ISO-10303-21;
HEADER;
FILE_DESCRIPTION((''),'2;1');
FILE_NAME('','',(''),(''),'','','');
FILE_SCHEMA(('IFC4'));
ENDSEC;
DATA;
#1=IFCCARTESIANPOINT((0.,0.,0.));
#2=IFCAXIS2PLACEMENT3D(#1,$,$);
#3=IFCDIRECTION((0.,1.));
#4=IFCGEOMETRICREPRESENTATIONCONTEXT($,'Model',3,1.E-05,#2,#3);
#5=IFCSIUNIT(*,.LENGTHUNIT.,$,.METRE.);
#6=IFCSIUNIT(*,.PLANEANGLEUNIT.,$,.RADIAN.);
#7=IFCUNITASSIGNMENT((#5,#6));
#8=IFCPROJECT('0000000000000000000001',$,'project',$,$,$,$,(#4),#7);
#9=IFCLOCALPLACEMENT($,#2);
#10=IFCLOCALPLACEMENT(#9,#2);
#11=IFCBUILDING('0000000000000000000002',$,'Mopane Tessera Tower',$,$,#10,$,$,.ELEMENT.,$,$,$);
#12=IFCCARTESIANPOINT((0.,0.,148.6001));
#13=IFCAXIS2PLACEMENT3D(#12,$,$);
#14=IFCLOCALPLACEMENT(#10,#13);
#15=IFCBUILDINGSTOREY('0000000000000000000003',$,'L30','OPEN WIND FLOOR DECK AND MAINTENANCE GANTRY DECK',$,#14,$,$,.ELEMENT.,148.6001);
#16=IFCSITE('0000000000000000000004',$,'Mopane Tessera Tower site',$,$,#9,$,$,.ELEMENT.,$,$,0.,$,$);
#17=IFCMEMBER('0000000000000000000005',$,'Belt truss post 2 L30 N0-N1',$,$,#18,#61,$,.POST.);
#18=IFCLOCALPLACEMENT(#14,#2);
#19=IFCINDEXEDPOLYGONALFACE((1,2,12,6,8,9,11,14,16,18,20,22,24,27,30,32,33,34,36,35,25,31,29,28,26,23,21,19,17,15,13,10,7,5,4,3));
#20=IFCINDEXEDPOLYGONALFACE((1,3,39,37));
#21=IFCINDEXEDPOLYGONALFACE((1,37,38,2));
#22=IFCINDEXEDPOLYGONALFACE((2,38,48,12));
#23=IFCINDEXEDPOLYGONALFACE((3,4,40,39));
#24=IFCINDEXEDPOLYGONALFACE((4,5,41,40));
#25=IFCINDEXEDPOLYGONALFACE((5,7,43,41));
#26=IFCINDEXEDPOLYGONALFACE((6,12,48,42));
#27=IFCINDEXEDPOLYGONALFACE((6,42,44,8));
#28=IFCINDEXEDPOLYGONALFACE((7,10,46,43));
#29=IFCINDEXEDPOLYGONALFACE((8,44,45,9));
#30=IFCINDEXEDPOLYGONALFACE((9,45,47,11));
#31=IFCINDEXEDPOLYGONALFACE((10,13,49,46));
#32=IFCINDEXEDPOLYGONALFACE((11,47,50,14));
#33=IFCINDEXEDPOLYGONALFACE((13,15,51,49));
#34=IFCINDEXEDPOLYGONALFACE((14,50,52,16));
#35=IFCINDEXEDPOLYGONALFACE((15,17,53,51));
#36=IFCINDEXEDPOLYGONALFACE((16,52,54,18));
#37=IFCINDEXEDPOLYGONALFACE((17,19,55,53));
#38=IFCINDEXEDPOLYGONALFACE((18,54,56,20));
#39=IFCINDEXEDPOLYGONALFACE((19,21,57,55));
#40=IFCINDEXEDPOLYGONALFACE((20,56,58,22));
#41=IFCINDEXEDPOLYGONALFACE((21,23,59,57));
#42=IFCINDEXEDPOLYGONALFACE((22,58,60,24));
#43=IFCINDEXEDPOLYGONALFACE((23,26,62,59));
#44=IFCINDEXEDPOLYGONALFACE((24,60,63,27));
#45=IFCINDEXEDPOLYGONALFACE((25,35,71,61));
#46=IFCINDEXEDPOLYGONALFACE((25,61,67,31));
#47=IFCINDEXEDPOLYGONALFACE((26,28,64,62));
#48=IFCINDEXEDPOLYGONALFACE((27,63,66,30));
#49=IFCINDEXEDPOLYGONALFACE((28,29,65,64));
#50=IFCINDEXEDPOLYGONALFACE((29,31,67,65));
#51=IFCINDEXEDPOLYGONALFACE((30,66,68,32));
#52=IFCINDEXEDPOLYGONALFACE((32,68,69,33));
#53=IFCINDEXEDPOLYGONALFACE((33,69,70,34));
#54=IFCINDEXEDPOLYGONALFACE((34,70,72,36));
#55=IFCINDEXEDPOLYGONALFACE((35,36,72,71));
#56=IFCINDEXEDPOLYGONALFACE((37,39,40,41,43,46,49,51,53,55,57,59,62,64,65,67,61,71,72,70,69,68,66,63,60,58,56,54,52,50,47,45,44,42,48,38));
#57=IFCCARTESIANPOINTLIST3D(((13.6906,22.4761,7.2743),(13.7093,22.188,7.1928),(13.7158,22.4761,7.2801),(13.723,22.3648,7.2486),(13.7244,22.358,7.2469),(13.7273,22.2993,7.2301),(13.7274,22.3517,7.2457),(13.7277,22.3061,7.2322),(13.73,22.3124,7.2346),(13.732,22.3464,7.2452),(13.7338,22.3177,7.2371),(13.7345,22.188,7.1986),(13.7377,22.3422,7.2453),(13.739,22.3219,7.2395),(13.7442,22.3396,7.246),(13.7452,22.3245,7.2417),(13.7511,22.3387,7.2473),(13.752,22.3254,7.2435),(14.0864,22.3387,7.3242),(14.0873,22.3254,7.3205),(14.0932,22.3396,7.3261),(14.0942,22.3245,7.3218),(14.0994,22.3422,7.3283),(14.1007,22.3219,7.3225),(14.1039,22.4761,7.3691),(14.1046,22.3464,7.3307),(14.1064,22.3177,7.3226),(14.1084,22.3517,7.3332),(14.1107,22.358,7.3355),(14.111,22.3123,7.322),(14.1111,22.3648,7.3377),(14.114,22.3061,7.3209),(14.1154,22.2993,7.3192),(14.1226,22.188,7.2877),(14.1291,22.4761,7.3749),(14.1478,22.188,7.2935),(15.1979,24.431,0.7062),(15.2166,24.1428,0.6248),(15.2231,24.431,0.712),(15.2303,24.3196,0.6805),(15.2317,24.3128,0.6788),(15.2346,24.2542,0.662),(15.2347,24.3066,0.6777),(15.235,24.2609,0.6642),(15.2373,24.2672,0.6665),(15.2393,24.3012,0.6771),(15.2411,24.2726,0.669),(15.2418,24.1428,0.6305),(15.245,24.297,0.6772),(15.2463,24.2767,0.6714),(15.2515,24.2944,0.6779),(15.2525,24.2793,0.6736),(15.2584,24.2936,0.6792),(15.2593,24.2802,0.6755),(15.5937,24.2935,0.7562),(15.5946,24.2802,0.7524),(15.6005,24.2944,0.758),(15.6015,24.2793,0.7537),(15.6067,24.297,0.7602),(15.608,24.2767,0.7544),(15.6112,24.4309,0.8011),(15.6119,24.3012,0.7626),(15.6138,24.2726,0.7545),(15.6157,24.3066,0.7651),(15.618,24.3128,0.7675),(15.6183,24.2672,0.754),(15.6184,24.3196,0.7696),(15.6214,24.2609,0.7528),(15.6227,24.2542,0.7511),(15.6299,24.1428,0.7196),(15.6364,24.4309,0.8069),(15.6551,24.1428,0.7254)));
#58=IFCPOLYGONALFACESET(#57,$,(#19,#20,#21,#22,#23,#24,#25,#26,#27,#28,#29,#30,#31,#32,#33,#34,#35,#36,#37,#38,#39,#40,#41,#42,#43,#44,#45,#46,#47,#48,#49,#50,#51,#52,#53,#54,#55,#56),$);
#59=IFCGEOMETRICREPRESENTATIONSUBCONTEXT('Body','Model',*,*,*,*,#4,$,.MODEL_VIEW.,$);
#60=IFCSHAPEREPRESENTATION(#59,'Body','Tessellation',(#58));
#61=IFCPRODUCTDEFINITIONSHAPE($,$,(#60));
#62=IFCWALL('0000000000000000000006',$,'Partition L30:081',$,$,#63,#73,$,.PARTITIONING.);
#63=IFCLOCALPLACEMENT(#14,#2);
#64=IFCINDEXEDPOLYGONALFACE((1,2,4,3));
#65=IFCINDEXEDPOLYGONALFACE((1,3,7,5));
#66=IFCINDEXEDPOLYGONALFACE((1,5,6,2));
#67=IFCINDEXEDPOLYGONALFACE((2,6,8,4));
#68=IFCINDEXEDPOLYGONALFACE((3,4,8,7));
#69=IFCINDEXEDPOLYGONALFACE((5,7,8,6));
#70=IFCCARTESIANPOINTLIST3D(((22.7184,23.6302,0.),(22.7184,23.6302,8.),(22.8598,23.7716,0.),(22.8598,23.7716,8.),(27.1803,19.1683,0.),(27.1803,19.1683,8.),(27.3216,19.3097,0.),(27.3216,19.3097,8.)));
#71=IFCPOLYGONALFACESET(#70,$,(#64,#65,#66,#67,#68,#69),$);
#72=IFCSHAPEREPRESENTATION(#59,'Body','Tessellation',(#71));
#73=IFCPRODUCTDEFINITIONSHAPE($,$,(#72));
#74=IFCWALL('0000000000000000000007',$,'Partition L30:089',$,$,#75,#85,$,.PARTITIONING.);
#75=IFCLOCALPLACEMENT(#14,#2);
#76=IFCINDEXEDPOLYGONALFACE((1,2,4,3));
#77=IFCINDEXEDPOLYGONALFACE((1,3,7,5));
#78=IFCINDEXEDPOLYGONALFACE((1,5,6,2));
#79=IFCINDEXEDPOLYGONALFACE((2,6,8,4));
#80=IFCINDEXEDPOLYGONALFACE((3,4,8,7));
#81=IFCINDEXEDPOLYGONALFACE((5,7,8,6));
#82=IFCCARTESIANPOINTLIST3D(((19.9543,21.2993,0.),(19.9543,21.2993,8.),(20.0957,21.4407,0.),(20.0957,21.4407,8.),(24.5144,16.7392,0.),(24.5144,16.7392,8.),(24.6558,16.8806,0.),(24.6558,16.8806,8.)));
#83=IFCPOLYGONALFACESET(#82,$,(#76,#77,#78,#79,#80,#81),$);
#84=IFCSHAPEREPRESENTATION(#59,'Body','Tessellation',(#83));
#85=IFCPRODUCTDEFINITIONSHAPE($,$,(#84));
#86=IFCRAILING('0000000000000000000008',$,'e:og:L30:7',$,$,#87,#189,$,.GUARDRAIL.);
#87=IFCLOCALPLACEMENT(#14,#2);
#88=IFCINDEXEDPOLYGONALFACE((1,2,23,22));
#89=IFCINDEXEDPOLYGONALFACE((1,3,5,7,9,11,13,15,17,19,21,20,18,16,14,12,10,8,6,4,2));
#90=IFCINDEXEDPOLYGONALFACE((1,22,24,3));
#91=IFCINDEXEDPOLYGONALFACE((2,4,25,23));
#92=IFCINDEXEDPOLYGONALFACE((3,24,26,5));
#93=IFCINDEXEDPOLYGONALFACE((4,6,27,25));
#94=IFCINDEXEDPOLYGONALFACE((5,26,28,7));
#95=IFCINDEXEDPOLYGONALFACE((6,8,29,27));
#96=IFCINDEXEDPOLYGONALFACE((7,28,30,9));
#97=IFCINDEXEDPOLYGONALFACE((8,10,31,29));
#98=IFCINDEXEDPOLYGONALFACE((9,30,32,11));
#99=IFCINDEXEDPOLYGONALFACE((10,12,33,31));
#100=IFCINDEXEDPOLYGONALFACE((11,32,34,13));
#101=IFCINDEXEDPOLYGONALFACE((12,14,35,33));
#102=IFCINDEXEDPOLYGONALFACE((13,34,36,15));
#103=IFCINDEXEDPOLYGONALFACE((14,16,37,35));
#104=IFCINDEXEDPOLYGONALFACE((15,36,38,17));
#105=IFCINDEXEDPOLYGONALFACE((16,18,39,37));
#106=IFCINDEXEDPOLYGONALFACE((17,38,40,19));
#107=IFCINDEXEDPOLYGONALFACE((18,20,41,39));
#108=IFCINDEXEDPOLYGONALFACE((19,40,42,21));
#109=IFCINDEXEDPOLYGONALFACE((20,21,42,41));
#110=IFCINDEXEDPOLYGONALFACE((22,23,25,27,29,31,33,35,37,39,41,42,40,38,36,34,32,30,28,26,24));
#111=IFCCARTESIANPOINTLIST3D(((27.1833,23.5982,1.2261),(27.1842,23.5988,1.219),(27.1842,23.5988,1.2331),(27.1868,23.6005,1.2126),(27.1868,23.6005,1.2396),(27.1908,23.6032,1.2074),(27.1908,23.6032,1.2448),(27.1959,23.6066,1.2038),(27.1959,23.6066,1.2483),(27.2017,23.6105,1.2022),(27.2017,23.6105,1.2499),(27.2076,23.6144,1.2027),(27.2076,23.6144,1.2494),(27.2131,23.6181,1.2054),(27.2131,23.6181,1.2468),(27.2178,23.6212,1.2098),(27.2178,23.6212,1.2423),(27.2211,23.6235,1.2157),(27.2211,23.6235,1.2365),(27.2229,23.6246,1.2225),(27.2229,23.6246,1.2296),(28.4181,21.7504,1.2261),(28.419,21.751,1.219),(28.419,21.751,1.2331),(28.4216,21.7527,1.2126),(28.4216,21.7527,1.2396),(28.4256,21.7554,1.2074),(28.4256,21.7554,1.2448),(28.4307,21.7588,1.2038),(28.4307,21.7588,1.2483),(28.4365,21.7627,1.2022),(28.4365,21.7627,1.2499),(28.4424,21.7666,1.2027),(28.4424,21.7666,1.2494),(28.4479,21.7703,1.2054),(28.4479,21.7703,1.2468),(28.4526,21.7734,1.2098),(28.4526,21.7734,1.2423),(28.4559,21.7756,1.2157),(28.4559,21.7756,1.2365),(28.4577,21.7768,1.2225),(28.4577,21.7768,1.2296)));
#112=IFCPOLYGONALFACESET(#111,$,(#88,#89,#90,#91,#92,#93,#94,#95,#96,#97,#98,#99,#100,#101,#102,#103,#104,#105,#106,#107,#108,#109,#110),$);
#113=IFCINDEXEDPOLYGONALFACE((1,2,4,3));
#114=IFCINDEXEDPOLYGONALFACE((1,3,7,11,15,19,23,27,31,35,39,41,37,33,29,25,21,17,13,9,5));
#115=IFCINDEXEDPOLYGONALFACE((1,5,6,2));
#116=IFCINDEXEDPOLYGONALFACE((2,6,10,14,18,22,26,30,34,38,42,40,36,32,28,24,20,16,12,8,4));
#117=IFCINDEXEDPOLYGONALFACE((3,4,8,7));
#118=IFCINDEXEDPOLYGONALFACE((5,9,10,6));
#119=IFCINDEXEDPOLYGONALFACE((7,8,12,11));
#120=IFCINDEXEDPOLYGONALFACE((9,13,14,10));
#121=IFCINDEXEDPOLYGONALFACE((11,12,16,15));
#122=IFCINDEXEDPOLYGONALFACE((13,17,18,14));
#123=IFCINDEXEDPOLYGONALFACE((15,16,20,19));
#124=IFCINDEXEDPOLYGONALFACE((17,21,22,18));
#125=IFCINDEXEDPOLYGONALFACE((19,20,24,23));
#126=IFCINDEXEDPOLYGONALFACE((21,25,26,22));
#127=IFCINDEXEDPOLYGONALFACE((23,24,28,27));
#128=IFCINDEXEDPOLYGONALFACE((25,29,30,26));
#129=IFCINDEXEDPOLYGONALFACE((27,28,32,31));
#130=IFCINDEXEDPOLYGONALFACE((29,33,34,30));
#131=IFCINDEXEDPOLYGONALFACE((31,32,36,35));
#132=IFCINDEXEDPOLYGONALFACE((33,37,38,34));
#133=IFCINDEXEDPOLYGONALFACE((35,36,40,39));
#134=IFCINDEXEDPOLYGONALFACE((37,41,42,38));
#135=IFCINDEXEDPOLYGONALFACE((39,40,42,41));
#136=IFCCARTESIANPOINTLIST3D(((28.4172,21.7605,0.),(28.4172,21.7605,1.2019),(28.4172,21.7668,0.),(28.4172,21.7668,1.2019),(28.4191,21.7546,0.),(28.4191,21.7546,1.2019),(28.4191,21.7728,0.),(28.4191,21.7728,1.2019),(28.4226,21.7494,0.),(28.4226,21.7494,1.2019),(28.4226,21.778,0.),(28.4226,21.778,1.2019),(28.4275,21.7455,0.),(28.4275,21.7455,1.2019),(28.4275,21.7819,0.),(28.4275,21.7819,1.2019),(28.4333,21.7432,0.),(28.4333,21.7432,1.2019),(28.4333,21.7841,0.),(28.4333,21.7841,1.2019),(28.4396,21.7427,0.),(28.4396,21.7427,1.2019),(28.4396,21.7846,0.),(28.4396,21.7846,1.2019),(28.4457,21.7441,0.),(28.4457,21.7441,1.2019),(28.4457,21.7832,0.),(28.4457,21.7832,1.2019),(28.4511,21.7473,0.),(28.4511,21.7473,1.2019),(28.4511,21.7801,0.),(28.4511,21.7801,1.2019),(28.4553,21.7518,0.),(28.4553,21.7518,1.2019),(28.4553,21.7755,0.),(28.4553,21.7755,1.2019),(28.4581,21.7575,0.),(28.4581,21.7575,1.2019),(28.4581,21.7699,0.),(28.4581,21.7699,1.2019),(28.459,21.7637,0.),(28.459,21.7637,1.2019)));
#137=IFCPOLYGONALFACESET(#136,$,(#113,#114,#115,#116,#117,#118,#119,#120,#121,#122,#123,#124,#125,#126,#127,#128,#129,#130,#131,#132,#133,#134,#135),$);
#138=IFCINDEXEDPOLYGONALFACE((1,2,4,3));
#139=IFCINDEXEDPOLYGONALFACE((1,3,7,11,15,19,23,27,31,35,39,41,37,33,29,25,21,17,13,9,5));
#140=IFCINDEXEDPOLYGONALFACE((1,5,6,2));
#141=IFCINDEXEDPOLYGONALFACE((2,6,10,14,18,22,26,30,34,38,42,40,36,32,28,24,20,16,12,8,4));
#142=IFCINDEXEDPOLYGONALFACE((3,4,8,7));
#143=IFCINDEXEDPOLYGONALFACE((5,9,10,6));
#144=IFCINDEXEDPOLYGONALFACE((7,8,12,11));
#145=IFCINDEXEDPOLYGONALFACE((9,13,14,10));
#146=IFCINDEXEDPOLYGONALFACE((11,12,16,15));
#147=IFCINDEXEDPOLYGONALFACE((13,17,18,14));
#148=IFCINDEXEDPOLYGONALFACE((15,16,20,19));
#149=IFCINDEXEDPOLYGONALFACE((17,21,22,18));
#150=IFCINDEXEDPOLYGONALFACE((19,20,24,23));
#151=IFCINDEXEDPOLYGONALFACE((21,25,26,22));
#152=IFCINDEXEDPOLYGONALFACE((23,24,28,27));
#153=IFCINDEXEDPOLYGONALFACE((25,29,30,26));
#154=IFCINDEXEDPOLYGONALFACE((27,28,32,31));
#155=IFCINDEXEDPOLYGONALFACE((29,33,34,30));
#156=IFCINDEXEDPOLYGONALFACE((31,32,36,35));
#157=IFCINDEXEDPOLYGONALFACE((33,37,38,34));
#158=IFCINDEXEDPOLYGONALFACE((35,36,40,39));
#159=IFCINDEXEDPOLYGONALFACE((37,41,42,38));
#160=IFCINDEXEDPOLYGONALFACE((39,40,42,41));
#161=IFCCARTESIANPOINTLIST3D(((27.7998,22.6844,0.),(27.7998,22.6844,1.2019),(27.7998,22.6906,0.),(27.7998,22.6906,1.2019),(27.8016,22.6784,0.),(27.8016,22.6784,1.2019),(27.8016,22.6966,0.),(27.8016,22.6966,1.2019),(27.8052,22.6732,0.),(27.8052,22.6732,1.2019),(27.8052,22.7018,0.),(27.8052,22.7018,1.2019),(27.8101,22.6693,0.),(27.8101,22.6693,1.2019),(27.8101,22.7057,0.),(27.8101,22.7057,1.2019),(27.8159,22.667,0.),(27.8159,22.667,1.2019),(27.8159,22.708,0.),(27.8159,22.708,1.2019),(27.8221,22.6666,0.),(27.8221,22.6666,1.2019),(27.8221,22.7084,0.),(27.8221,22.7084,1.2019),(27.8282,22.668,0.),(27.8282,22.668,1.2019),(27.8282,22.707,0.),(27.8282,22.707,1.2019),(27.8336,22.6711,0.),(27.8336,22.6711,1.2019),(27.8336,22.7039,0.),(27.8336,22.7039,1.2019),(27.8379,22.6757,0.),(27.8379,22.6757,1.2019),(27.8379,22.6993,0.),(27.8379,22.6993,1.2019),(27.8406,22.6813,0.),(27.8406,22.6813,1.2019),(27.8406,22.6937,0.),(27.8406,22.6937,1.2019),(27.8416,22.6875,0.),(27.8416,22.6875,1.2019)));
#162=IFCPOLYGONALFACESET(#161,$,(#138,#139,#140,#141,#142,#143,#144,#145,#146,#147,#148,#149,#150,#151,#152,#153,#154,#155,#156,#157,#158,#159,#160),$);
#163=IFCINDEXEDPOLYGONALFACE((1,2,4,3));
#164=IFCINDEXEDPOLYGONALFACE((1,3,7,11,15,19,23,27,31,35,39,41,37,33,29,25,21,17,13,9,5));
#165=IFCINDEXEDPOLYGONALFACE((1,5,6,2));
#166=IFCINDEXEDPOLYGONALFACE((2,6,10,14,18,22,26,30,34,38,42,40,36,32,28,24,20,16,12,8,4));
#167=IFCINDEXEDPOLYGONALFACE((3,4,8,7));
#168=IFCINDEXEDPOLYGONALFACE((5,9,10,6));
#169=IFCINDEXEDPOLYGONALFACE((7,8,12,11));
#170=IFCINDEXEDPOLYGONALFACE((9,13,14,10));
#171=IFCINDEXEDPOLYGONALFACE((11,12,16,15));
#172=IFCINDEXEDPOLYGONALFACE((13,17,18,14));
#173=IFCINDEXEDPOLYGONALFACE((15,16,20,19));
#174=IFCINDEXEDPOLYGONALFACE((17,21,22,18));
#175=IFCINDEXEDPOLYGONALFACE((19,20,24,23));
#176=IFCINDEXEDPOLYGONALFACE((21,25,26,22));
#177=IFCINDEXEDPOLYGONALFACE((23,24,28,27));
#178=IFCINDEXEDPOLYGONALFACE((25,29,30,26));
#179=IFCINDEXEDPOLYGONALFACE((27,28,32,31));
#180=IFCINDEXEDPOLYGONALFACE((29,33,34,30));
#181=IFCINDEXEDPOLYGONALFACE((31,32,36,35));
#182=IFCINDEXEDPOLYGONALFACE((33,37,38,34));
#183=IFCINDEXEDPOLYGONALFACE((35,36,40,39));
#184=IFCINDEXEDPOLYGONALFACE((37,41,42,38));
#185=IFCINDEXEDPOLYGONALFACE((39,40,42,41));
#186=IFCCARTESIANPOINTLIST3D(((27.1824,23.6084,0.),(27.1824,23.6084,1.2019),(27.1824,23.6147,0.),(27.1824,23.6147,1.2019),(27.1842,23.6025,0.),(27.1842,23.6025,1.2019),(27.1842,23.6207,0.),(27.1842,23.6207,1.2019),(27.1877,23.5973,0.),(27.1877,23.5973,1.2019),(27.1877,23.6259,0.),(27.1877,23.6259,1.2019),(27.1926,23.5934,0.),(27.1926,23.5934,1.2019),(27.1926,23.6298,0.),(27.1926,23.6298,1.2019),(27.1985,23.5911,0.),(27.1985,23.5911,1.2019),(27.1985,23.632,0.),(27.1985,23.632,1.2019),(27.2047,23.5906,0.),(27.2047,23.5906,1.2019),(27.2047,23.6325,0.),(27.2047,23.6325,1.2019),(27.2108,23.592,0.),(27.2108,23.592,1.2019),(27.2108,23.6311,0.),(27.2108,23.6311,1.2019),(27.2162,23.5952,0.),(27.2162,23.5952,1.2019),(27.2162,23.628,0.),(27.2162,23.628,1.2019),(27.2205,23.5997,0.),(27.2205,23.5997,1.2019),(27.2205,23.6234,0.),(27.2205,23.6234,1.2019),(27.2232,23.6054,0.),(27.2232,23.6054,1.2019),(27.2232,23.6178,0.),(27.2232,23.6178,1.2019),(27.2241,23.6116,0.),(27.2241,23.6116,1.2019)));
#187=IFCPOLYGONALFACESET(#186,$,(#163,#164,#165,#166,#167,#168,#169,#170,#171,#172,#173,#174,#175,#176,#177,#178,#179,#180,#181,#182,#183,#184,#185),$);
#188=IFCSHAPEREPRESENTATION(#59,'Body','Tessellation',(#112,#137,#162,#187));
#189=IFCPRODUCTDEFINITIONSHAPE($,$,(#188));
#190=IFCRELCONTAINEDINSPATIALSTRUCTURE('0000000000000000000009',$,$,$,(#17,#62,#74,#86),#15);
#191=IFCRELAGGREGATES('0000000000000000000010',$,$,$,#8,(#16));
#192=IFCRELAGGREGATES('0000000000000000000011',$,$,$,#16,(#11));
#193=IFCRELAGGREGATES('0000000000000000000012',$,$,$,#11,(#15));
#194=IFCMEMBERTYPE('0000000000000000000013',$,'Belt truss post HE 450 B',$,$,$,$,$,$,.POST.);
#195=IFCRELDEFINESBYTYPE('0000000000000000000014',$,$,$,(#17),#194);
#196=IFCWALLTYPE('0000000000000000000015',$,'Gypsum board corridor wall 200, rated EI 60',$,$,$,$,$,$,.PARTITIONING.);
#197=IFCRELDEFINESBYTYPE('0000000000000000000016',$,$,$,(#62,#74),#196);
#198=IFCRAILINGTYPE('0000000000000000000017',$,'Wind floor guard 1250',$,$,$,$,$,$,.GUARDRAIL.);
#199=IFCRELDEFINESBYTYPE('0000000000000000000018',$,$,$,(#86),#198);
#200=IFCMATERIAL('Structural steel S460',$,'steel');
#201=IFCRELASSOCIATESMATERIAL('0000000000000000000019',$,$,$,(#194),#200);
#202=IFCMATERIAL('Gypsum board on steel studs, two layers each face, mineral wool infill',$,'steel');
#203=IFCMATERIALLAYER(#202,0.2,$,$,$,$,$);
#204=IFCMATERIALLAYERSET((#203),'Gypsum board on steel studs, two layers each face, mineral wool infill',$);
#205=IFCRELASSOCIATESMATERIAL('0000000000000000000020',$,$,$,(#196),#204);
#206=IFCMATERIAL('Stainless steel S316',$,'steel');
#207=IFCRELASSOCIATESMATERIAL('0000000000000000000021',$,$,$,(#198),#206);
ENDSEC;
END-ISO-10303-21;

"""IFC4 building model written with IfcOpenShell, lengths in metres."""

from ifc_helpers import new_model, si_unit, direction, frame, frame_2d, origin, origin_2d, place, context, subcontext, project, spatial, rectangle, circle, i_section, extrude, material, layer, layer_set, material_profile, profile_set, type_object, element, save


model = new_model("IFC4")

# Units and contexts
model_context = context("Model", 3, precision=1e-05, world=origin(), true_north=direction((0.0, 1.0)))
body_context = subcontext(model_context, "Body", "Model", "MODEL_VIEW")
ifc_project = project(units=[si_unit("LENGTHUNIT", "METRE"), si_unit("PLANEANGLEUNIT", "RADIAN")], contexts=[model_context])

# Site, building, storey
site_placement = place(None, origin())
site = spatial("IfcSite", under=ifc_project, at=site_placement, Name="Mopane Tessera Tower site", CompositionType="ELEMENT", RefElevation=0.0)
building_placement = place(site_placement, origin())
building = spatial("IfcBuilding", under=site, at=building_placement, Name="Mopane Tessera Tower", CompositionType="ELEMENT")
storey_placement = place(building_placement, frame((0.0, 0.0, 148.6001)))
storey = spatial("IfcBuildingStorey", under=building, at=storey_placement, Name="L30", Description="OPEN WIND FLOOR DECK AND MAINTENANCE GANTRY DECK", CompositionType="ELEMENT", Elevation=148.6001)

# Member
ifc_material_1 = material(Name="Structural steel S460", Category="steel")
ifc_material_profile_1 = material_profile(ifc_material_1, i_section(OverallWidth=0.3, OverallDepth=0.45, WebThickness=0.0139, FlangeThickness=0.0259, FilletRadius=0.0271, at=origin_2d()))
ifc_profile_set_1 = profile_set([ifc_material_profile_1], Name="Structural steel S460")
member_type_1 = type_object("IfcMemberType", Name="Belt truss post HE 450 B", PredefinedType="POST", material=ifc_profile_set_1)
member_1_placement = place(storey_placement, frame((15.4265, 24.2869, 0.7158), z_axis=(-0.214821, -0.278599, 0.936074), x_axis=(0.062298, -0.960408, -0.271544)))
element("IfcMember", 1, at=member_1_placement, inside=storey, type_object=member_type_1, Name="Belt truss post 2 L30 N0-N1", PredefinedType="POST", context=body_context, shape_type="SweptSolid", body=[
    extrude(i_section(OverallWidth=0.3, OverallDepth=0.45, WebThickness=0.0139, FlangeThickness=0.0259, FilletRadius=0.0271, at=origin_2d()), origin(), (0.0, 0.0, 1.0), 7.0166),
])

# Walls
ifc_material_2 = material(Name="Gypsum board on steel studs, two layers each face, mineral wool infill", Category="steel")
ifc_layer_1 = layer(ifc_material_2, 0.2)
ifc_layer_set_1 = layer_set([ifc_layer_1], Name="Gypsum board on steel studs, two layers each face, mineral wool infill")
wall_type = type_object("IfcWallType", Name="Gypsum board corridor wall 200, rated EI 60", PredefinedType="PARTITIONING", material=ifc_layer_set_1)
wall_1_placement = place(storey_placement, frame((22.7891, 23.7009, 0.0), z_axis=(0.0, 0.0, 1.0), x_axis=(0.707107, -0.707107, 0.0)))
element("IfcWall", 2, at=wall_1_placement, inside=storey, type_object=wall_type, Name="Partition L30:081", PredefinedType="PARTITIONING", context=body_context, shape_type="SweptSolid", body=[
    extrude(rectangle(XDim=6.3101, YDim=0.2, at=frame_2d((3.155, 0.0))), origin(), (0.0, 0.0, 1.0), 8.0),
])
wall_2_placement = place(storey_placement, frame((20.0249, 21.3701, 0.0), z_axis=(0.0, 0.0, 1.0), x_axis=(0.707107, -0.707107, 0.0)))
element("IfcWall", 3, at=wall_2_placement, inside=storey, type_object=wall_type, Name="Partition L30:089", PredefinedType="PARTITIONING", context=body_context, shape_type="SweptSolid", body=[
    extrude(rectangle(XDim=6.449, YDim=0.2, at=frame_2d((3.2246, 0.0))), origin(), (0.0, 0.0, 1.0), 8.0),
])

# Railing
ifc_material_3 = material(Name="Stainless steel S316", Category="steel")
railing_type = type_object("IfcRailingType", Name="Wind floor guard 1250", PredefinedType="GUARDRAIL", material=ifc_material_3)
railing_1_placement = place(storey_placement, frame((28.438, 21.7637, 0.0)))
element("IfcRailing", 4, at=railing_1_placement, inside=storey, type_object=railing_type, Name="e:og:L30:7", PredefinedType="GUARDRAIL", context=body_context, shape_type="SweptSolid", body=[
    extrude(circle(Radius=0.0239, at=origin_2d()), frame((0.0, 0.0, 1.2261), z_axis=(-0.555612, 0.831441, 0.0), x_axis=(-0.831441, -0.555612, 0.0)), (0.0, 0.0, 1.0), 2.2224),
    extrude(circle(Radius=0.021, at=origin_2d()), origin(), (0.0, 0.0, 1.0), 1.2019),
    extrude(circle(Radius=0.021, at=origin_2d()), frame((-0.6174, 0.9238, 0.0)), (0.0, 0.0, 1.0), 1.2019),
    extrude(circle(Radius=0.021, at=origin_2d()), frame((-1.2349, 1.8479, 0.0)), (0.0, 0.0, 1.0), 1.2019),
])

save(model, "model.ifc")
